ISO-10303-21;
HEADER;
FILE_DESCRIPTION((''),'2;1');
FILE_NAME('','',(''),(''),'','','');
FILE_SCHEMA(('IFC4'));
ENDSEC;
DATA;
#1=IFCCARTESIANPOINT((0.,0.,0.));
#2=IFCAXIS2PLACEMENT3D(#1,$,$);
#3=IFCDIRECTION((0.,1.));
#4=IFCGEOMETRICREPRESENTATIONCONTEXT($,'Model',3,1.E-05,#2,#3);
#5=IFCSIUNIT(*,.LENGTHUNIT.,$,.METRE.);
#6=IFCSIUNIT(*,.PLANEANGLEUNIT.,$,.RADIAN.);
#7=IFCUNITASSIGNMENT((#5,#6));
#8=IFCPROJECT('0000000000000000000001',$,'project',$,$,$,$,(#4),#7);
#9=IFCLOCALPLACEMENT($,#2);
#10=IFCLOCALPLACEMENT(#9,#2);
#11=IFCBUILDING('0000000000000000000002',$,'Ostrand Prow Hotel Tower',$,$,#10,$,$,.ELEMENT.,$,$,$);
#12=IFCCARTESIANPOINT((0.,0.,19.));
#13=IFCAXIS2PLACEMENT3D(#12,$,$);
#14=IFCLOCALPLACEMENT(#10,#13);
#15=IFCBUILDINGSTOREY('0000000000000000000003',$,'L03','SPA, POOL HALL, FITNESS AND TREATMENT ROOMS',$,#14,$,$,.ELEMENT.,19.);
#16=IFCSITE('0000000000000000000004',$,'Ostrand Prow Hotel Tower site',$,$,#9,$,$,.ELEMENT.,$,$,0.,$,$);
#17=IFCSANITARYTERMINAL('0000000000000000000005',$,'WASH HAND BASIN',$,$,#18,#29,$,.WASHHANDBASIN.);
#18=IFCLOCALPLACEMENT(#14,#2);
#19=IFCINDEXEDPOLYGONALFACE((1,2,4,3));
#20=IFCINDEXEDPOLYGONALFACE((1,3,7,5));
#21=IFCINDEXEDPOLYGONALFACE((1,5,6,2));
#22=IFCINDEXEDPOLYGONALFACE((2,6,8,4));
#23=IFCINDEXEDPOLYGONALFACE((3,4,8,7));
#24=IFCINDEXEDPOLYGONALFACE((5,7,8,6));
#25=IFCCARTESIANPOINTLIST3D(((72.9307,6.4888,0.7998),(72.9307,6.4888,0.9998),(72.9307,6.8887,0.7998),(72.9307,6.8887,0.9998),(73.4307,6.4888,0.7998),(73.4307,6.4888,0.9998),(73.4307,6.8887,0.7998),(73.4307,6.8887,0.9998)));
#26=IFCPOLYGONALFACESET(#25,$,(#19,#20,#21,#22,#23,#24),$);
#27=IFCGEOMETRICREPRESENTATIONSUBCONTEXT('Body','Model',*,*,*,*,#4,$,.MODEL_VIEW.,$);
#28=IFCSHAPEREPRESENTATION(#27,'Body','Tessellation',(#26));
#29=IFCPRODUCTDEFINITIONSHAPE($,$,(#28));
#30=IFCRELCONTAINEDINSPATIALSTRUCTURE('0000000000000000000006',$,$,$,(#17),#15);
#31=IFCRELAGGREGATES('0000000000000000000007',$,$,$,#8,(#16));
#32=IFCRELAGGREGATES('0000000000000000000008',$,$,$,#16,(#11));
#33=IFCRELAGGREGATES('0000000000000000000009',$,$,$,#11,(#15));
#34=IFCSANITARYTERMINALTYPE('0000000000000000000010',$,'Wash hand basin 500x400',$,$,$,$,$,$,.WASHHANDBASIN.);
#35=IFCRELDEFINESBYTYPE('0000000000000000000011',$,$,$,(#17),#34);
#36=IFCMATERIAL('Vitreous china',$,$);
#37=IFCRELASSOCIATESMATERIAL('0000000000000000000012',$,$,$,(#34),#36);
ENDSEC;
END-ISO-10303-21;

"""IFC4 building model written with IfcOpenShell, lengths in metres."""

from ifc_helpers import new_model, si_unit, direction, frame, origin, origin_2d, place, context, subcontext, project, spatial, rectangle, extrude, material, type_object, element, save


model = new_model("IFC4")

# Units and contexts
model_context = context("Model", 3, precision=1e-05, world=origin(), true_north=direction((0.0, 1.0)))
body_context = subcontext(model_context, "Body", "Model", "MODEL_VIEW")
ifc_project = project(units=[si_unit("LENGTHUNIT", "METRE"), si_unit("PLANEANGLEUNIT", "RADIAN")], contexts=[model_context])

# Site, building, storey
site_placement = place(None, origin())
site = spatial("IfcSite", under=ifc_project, at=site_placement, Name="Ostrand Prow Hotel Tower site", CompositionType="ELEMENT", RefElevation=0.0)
building_placement = place(site_placement, origin())
building = spatial("IfcBuilding", under=site, at=building_placement, Name="Ostrand Prow Hotel Tower", CompositionType="ELEMENT")
storey_placement = place(building_placement, frame((0.0, 0.0, 19.0)))
storey = spatial("IfcBuildingStorey", under=building, at=storey_placement, Name="L03", Description="SPA, POOL HALL, FITNESS AND TREATMENT ROOMS", CompositionType="ELEMENT", Elevation=19.0)

# Sanitary terminal
ifc_material_1 = material(Name="Vitreous china")
sanitary_terminal_type_1 = type_object("IfcSanitaryTerminalType", Name="Wash hand basin 500x400", PredefinedType="WASHHANDBASIN", material=ifc_material_1)
for number, where, z_axis, x_axis, name in (
    (1, (73.1807, 6.6887, 0.7998), (0.0, 0.0, 1.0), (1.0, 0.0, 0.0), "WASH HAND BASIN"),
):
    element("IfcSanitaryTerminal", number, at=place(storey_placement, frame(where, z_axis=z_axis, x_axis=x_axis)), inside=storey, type_object=sanitary_terminal_type_1, Name=name, PredefinedType="WASHHANDBASIN", context=body_context, shape_type="SweptSolid", body=[
        extrude(rectangle(XDim=0.5, YDim=0.3999, at=origin_2d()), origin(), (0.0, 0.0, 1.0), 0.2),
    ])

save(model, "model.ifc")
